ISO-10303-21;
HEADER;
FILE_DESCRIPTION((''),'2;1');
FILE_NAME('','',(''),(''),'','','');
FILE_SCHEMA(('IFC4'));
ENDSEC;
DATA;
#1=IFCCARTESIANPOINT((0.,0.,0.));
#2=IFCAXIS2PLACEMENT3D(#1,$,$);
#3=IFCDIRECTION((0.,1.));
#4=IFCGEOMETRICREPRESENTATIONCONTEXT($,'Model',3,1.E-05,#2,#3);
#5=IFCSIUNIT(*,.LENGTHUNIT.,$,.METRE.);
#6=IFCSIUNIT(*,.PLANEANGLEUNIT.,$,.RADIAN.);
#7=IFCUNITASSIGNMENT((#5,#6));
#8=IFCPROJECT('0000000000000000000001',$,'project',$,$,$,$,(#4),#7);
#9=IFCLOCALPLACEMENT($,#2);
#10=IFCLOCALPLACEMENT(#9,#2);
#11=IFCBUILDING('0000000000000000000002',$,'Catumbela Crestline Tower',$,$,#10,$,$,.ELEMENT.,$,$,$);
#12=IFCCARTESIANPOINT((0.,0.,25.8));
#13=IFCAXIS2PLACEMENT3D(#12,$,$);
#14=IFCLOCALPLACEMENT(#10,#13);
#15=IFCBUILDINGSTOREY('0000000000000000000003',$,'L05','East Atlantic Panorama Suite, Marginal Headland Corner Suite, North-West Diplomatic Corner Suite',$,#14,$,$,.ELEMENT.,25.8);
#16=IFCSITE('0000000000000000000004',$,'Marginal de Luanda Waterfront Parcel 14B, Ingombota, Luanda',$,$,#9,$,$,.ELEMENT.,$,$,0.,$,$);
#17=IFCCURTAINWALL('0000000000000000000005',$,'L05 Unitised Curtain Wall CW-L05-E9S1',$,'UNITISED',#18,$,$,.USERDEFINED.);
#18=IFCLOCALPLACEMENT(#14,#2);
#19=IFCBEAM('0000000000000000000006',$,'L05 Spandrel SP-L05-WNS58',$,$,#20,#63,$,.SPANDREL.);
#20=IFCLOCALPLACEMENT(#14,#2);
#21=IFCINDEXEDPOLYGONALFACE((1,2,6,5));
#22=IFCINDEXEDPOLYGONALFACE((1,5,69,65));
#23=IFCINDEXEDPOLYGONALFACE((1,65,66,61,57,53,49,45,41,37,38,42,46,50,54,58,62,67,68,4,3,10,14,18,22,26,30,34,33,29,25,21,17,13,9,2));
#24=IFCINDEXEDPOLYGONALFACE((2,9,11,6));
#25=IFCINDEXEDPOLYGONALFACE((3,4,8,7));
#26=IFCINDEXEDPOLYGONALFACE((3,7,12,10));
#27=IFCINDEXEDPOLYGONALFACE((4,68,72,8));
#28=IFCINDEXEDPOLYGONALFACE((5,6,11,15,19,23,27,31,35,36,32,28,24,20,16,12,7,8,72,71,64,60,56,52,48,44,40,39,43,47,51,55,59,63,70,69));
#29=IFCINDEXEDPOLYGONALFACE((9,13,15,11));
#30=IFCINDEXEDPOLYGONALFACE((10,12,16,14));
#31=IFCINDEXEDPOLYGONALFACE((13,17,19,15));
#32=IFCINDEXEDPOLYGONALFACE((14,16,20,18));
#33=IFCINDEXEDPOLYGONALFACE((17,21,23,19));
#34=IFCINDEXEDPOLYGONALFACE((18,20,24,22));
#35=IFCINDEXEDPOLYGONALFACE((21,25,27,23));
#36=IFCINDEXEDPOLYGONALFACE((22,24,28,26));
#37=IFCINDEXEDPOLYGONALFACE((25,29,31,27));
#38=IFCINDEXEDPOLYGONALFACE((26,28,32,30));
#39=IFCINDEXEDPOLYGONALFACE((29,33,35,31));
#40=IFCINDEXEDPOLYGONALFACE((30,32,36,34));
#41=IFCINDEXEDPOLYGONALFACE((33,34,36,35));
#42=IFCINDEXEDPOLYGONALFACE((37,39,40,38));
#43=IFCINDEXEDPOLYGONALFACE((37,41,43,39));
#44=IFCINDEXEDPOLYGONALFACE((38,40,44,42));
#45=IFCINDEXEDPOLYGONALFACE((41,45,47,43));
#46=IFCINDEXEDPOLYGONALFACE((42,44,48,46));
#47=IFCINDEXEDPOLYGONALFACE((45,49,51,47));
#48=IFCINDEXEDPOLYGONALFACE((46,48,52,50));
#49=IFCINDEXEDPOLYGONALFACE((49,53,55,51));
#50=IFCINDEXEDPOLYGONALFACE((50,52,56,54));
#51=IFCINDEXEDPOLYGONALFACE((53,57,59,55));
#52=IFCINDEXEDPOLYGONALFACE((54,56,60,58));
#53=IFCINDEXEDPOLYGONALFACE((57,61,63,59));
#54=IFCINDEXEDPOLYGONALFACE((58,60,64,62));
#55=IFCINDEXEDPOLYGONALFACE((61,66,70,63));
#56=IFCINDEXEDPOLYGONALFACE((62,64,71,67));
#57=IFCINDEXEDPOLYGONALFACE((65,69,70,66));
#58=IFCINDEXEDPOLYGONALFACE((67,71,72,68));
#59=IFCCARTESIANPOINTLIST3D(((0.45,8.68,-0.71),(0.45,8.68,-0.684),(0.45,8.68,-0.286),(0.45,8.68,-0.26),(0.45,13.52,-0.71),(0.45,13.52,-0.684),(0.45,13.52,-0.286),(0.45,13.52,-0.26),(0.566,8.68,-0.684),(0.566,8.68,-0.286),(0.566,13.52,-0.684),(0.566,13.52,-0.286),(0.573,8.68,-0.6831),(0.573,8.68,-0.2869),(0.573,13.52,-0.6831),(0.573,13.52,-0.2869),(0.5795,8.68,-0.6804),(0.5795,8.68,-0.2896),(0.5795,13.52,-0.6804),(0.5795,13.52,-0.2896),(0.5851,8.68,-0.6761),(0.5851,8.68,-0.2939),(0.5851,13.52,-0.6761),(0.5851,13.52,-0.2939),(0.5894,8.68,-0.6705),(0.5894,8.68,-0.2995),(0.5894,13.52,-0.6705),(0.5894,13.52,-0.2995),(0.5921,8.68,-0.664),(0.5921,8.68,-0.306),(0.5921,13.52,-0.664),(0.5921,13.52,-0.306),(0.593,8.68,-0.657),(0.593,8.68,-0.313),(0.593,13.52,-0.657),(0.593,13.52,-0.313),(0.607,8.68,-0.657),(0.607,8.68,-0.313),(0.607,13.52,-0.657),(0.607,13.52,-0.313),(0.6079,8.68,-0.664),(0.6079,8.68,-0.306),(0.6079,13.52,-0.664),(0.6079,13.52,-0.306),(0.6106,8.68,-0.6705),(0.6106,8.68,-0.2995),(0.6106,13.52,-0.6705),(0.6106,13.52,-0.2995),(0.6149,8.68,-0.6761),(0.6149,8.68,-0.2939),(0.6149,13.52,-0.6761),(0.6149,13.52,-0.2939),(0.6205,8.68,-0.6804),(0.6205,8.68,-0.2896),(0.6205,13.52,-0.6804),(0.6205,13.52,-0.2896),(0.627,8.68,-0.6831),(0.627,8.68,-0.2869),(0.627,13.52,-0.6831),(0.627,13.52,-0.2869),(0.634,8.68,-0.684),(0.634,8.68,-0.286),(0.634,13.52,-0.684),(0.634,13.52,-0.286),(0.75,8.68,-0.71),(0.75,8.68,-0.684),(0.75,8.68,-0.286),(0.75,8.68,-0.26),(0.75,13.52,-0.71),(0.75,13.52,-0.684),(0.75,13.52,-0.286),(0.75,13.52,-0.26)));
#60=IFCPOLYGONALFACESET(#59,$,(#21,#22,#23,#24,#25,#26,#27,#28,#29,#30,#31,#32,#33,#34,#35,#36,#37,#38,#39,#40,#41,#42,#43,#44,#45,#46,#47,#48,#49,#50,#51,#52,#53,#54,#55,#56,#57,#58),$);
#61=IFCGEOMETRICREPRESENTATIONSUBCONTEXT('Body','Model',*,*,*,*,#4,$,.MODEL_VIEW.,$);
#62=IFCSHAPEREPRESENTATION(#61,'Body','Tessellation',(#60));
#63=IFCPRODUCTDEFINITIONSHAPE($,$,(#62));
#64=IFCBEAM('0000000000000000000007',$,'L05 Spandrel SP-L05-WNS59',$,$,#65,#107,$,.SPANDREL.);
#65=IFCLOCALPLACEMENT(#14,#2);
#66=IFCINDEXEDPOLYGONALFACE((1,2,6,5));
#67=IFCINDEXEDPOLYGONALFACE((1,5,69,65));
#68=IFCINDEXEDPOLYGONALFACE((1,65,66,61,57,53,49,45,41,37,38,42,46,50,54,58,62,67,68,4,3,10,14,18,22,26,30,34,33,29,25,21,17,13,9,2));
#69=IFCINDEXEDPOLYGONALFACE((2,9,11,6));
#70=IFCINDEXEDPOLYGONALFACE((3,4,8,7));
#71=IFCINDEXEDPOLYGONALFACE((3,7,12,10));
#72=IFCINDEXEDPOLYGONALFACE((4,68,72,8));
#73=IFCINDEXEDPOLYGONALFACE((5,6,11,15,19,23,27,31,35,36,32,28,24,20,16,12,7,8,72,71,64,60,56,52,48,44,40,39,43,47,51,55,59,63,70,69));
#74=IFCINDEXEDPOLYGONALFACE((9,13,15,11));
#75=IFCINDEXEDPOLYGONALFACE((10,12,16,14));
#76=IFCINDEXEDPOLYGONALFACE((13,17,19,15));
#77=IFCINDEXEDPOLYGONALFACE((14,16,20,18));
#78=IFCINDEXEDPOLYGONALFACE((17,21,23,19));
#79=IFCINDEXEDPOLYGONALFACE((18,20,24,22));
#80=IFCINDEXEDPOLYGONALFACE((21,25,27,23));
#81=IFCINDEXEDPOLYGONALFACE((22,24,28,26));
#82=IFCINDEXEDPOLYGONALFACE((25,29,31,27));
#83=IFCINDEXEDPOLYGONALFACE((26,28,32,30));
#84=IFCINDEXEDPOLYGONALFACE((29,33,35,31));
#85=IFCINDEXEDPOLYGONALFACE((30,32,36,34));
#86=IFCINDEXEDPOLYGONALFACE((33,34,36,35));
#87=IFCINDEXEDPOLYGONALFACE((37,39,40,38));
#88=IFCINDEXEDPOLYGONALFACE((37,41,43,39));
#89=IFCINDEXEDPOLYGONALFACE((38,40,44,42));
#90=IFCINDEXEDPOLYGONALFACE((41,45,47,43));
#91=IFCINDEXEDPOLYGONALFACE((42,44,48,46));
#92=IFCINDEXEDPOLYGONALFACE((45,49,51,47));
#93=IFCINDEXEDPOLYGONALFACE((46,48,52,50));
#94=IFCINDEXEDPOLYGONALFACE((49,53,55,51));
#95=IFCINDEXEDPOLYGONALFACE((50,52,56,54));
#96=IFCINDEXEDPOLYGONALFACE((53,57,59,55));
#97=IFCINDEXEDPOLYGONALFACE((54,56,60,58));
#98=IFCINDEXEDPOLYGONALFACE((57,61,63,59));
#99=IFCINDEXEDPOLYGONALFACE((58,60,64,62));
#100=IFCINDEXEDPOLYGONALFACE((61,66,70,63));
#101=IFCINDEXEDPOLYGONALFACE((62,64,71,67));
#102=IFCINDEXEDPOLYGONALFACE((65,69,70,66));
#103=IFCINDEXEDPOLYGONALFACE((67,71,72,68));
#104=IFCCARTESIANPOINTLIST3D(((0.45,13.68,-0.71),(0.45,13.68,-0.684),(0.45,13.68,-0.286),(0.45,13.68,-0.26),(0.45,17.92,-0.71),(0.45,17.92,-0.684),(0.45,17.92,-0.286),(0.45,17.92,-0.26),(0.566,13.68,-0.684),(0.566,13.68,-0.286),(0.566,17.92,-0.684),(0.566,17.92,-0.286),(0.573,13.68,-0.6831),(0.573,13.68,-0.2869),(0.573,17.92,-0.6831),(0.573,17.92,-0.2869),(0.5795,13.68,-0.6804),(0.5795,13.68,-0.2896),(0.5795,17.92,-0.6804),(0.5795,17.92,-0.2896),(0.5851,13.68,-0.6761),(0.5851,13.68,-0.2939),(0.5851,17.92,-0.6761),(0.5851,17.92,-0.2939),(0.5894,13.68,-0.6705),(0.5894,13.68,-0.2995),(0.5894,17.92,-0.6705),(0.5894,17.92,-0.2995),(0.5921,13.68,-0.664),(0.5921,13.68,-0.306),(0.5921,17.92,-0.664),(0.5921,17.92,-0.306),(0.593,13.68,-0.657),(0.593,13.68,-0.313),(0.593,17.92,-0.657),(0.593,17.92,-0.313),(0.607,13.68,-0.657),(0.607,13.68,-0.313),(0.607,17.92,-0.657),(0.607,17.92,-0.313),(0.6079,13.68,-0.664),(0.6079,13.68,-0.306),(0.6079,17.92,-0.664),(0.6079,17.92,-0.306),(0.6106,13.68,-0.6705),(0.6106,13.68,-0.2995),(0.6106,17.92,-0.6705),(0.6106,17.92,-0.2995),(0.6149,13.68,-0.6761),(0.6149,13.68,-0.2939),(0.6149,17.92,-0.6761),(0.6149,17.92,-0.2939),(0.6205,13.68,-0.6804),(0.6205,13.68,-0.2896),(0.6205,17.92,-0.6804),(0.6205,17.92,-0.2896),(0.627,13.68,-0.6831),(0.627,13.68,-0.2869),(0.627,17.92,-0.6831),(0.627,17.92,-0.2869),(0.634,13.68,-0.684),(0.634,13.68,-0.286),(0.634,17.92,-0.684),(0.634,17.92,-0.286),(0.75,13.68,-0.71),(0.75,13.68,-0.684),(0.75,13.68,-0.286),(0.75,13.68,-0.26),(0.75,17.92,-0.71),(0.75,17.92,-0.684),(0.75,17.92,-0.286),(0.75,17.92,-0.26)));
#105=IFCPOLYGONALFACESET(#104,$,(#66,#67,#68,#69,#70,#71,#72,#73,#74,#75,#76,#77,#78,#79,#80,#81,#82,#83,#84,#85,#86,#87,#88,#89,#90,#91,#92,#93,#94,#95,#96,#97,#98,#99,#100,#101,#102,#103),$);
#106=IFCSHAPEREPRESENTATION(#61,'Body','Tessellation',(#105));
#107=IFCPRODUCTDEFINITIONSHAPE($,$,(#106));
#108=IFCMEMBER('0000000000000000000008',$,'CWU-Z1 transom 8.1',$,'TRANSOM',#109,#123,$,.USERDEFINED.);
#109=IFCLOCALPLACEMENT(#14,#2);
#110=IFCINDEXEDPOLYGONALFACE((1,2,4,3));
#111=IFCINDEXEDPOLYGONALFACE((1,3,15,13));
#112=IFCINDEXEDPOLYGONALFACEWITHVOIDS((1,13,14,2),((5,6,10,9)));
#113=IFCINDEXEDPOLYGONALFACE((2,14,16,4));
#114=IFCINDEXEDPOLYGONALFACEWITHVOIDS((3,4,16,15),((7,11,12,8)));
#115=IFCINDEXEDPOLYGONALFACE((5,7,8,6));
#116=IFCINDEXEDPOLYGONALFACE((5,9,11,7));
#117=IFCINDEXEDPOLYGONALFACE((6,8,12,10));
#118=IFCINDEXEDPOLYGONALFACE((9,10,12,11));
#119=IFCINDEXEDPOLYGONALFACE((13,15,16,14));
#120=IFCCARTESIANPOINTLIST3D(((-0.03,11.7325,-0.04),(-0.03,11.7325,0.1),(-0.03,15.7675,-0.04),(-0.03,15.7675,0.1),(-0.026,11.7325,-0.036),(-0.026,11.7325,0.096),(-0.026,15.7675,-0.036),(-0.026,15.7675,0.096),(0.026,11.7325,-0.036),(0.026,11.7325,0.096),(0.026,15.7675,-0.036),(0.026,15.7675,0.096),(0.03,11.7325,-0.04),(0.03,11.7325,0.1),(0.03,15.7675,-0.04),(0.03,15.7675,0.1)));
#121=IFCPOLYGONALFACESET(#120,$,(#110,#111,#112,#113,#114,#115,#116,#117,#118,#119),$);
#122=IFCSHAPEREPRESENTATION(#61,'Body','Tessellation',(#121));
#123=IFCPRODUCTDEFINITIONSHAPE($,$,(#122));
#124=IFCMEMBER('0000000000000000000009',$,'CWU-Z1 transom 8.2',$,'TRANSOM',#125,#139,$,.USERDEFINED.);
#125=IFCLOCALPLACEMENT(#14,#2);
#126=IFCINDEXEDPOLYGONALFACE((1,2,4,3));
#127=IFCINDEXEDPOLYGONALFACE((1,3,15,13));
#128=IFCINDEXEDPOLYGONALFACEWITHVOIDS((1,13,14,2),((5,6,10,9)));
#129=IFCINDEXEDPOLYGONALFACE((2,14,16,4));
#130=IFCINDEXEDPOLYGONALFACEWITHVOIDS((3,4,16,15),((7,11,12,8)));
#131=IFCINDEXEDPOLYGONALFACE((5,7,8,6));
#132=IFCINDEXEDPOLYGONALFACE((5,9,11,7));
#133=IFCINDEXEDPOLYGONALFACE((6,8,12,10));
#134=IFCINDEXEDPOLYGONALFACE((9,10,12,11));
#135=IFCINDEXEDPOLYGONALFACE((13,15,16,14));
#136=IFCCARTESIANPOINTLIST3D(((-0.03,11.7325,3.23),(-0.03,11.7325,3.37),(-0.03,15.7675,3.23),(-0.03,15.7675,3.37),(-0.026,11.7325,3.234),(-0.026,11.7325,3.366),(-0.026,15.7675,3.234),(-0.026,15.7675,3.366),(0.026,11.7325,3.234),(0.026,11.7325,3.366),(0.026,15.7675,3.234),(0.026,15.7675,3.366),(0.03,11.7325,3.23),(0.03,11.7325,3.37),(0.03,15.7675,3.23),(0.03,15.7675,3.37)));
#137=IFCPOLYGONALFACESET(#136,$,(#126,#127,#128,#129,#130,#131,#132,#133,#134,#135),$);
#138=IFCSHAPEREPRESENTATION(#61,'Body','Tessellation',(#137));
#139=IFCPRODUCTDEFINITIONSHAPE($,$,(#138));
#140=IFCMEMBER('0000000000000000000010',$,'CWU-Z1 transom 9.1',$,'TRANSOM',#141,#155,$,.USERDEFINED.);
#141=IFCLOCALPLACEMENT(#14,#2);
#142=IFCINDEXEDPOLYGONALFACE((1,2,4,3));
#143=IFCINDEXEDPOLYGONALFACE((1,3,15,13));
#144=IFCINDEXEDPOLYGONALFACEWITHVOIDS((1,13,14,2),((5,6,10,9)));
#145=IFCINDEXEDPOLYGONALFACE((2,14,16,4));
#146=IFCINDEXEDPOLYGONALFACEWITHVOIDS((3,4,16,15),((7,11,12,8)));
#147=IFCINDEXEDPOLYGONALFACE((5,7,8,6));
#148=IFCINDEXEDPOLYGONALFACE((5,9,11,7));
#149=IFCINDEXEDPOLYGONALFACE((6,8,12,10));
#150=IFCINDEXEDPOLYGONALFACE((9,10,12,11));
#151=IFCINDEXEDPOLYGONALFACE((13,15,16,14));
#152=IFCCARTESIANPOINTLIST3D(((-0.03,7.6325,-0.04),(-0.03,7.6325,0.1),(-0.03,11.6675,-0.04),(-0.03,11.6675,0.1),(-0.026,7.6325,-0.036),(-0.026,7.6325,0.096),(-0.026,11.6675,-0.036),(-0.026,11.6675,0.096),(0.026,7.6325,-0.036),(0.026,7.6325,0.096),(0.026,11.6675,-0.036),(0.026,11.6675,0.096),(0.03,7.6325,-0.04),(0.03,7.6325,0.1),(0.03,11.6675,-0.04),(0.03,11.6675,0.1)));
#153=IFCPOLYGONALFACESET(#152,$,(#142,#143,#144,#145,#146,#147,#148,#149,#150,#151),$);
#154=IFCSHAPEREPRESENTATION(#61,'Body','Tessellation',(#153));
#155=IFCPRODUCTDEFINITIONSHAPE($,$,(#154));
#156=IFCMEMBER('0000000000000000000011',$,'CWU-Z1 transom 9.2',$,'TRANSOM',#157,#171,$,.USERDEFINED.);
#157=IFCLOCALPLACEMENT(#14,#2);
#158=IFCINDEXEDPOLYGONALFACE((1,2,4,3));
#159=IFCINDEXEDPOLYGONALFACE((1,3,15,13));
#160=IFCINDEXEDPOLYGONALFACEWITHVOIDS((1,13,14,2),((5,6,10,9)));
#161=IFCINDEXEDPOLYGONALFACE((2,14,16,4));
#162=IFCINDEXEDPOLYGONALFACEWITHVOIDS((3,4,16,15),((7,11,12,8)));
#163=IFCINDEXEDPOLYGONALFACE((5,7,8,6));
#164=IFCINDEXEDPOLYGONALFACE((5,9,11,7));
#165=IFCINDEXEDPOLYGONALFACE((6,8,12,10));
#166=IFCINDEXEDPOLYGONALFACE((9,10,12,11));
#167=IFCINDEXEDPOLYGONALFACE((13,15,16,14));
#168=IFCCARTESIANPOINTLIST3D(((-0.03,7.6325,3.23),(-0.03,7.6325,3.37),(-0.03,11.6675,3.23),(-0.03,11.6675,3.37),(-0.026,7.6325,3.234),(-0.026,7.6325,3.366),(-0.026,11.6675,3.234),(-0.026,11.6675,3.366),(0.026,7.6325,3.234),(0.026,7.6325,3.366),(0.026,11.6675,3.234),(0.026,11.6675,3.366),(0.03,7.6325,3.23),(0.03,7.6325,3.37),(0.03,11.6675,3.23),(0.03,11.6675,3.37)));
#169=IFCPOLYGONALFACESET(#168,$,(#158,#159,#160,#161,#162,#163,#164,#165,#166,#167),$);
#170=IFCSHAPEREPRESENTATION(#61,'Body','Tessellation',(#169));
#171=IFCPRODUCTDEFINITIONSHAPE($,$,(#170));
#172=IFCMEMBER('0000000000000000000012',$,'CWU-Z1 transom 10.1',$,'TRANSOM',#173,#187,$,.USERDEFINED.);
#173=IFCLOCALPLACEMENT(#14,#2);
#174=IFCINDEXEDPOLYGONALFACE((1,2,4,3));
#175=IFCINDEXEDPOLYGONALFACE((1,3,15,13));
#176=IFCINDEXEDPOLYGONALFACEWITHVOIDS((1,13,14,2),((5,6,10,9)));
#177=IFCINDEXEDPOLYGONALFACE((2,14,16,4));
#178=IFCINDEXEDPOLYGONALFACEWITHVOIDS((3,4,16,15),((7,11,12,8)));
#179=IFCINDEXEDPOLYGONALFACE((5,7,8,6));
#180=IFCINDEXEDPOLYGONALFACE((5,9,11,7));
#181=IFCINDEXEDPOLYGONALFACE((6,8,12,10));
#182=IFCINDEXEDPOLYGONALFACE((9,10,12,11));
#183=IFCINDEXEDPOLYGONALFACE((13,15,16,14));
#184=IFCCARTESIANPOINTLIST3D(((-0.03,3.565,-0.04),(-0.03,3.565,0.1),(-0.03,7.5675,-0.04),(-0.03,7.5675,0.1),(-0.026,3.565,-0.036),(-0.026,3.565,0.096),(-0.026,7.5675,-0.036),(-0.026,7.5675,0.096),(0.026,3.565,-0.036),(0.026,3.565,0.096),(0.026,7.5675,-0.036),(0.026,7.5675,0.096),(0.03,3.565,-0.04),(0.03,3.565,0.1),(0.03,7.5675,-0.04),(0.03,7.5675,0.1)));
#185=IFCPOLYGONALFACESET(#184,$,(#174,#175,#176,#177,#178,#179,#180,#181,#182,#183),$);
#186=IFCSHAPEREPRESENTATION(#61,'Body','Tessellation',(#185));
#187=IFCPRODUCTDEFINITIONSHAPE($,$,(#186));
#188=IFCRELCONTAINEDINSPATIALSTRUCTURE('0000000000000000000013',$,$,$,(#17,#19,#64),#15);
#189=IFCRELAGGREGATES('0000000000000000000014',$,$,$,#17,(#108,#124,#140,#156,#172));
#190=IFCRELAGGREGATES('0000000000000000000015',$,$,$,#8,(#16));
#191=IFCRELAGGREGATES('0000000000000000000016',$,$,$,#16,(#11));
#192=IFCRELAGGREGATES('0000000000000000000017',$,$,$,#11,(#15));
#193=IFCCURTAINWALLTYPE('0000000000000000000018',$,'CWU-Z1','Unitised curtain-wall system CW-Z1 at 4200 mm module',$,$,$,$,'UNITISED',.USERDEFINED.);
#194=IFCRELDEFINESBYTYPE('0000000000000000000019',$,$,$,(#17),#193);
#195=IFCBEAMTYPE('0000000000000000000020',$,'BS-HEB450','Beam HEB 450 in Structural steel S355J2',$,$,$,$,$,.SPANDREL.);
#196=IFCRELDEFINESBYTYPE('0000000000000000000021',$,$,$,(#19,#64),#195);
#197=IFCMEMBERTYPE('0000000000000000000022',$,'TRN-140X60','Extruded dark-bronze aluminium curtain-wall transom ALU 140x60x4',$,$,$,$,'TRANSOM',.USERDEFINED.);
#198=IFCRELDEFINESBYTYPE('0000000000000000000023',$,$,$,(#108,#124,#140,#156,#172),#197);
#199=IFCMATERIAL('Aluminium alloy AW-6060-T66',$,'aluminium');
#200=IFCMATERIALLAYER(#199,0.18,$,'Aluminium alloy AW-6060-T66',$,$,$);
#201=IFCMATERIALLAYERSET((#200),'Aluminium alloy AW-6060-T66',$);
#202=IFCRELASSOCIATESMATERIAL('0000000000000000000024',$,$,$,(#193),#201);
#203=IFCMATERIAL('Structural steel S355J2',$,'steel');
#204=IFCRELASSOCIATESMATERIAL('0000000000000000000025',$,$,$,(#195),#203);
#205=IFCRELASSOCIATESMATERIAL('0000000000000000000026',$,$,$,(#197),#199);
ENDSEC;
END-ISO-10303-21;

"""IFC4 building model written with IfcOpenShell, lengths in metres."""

from ifc_helpers import new_model, si_unit, direction, frame, origin, origin_2d, place, context, subcontext, project, spatial, hollow_rectangle, i_section, extrude, material, layer, layer_set, material_profile, profile_set, type_object, element, aggregate, save


model = new_model("IFC4")

# Units and contexts
model_context = context("Model", 3, precision=1e-05, world=origin(), true_north=direction((0.0, 1.0)))
body_context = subcontext(model_context, "Body", "Model", "MODEL_VIEW")
ifc_project = project(units=[si_unit("LENGTHUNIT", "METRE"), si_unit("PLANEANGLEUNIT", "RADIAN")], contexts=[model_context])

# Site, building, storey
site_placement = place(None, origin())
site = spatial("IfcSite", under=ifc_project, at=site_placement, Name="Marginal de Luanda Waterfront Parcel 14B, Ingombota, Luanda", CompositionType="ELEMENT", RefElevation=0.0)
building_placement = place(site_placement, origin())
building = spatial("IfcBuilding", under=site, at=building_placement, Name="Catumbela Crestline Tower", CompositionType="ELEMENT")
storey_placement = place(building_placement, frame((0.0, 0.0, 25.8)))
storey = spatial("IfcBuildingStorey", under=building, at=storey_placement, Name="L05", Description="East Atlantic Panorama Suite, Marginal Headland Corner Suite, North-West Diplomatic Corner Suite", CompositionType="ELEMENT", Elevation=25.8)

# Shared definitions
ifc_material_1 = material(Name="Structural steel S355J2", Category="steel")

# Curtain wall
ifc_material_2 = material(Name="Aluminium alloy AW-6060-T66", Category="aluminium")
ifc_layer_1 = layer(ifc_material_2, 0.18, Name="Aluminium alloy AW-6060-T66")
ifc_layer_set_1 = layer_set([ifc_layer_1], Name="Aluminium alloy AW-6060-T66")
curtain_wall_type = type_object("IfcCurtainWallType", Name="CWU-Z1", Description="Unitised curtain-wall system CW-Z1 at 4200 mm module", ElementType="UNITISED", PredefinedType="USERDEFINED", material=ifc_layer_set_1)
curtain_wall_placement = place(storey_placement, origin())
curtain_wall = element("IfcCurtainWall", 1, at=curtain_wall_placement, inside=storey, type_object=curtain_wall_type, Name="L05 Unitised Curtain Wall CW-L05-E9S1", ObjectType="UNITISED", PredefinedType="USERDEFINED")

# Beams
ifc_material_profile_1 = material_profile(ifc_material_1, i_section(OverallWidth=0.3, OverallDepth=0.45, WebThickness=0.014, FlangeThickness=0.026, FilletRadius=0.027, at=origin_2d()), Name="HEB 450")
ifc_profile_set_1 = profile_set([ifc_material_profile_1], Name="Structural steel S355J2")
beam_type_1 = type_object("IfcBeamType", Name="BS-HEB450", Description="Beam HEB 450 in Structural steel S355J2", PredefinedType="SPANDREL", material=ifc_profile_set_1)
beam_1_placement = place(storey_placement, frame((0.6, 8.68, -0.485), z_axis=(0.0, 1.0, 0.0), x_axis=(-1.0, 0.0, 0.0)))
element("IfcBeam", 2, at=beam_1_placement, inside=storey, type_object=beam_type_1, Name="L05 Spandrel SP-L05-WNS58", PredefinedType="SPANDREL", context=body_context, shape_type="SweptSolid", body=[
    extrude(i_section(OverallWidth=0.3, OverallDepth=0.45, WebThickness=0.014, FlangeThickness=0.026, FilletRadius=0.027, at=origin_2d()), origin(), (0.0, 0.0, 1.0), 4.84),
])
beam_2_placement = place(storey_placement, frame((0.6, 13.68, -0.485), z_axis=(0.0, 1.0, 0.0), x_axis=(-1.0, 0.0, 0.0)))
element("IfcBeam", 3, at=beam_2_placement, inside=storey, type_object=beam_type_1, Name="L05 Spandrel SP-L05-WNS59", PredefinedType="SPANDREL", context=body_context, shape_type="SweptSolid", body=[
    extrude(i_section(OverallWidth=0.3, OverallDepth=0.45, WebThickness=0.014, FlangeThickness=0.026, FilletRadius=0.027, at=origin_2d()), origin(), (0.0, 0.0, 1.0), 4.24),
])

# Members
ifc_material_profile_2 = material_profile(ifc_material_2, hollow_rectangle(XDim=0.06, YDim=0.14, WallThickness=0.004, at=origin_2d()), Name="ALU 140x60x4")
ifc_profile_set_2 = profile_set([ifc_material_profile_2], Name="Aluminium alloy AW-6060-T66")
member_type_1 = type_object("IfcMemberType", Name="TRN-140X60", Description="Extruded dark-bronze aluminium curtain-wall transom ALU 140x60x4", ElementType="TRANSOM", PredefinedType="USERDEFINED", material=ifc_profile_set_2)
member_1_placement = place(storey_placement, frame((0.0, 15.7675, 0.03), z_axis=(0.0, -1.0, 0.0), x_axis=(1.0, 0.0, 0.0)))
member_1 = element("IfcMember", 4, at=member_1_placement, type_object=member_type_1, Name="CWU-Z1 transom 8.1", ObjectType="TRANSOM", PredefinedType="USERDEFINED", context=body_context, shape_type="SweptSolid", body=[
    extrude(hollow_rectangle(XDim=0.06, YDim=0.14, WallThickness=0.004, at=origin_2d()), origin(), (0.0, 0.0, 1.0), 4.035),
])
member_2_placement = place(storey_placement, frame((0.0, 15.7675, 3.3), z_axis=(0.0, -1.0, 0.0), x_axis=(1.0, 0.0, 0.0)))
member_2 = element("IfcMember", 5, at=member_2_placement, type_object=member_type_1, Name="CWU-Z1 transom 8.2", ObjectType="TRANSOM", PredefinedType="USERDEFINED", context=body_context, shape_type="SweptSolid", body=[
    extrude(hollow_rectangle(XDim=0.06, YDim=0.14, WallThickness=0.004, at=origin_2d()), origin(), (0.0, 0.0, 1.0), 4.035),
])
member_3_placement = place(storey_placement, frame((0.0, 11.6675, 0.03), z_axis=(0.0, -1.0, 0.0), x_axis=(1.0, 0.0, 0.0)))
member_3 = element("IfcMember", 6, at=member_3_placement, type_object=member_type_1, Name="CWU-Z1 transom 9.1", ObjectType="TRANSOM", PredefinedType="USERDEFINED", context=body_context, shape_type="SweptSolid", body=[
    extrude(hollow_rectangle(XDim=0.06, YDim=0.14, WallThickness=0.004, at=origin_2d()), origin(), (0.0, 0.0, 1.0), 4.035),
])
member_4_placement = place(storey_placement, frame((0.0, 11.6675, 3.3), z_axis=(0.0, -1.0, 0.0), x_axis=(1.0, 0.0, 0.0)))
member_4 = element("IfcMember", 7, at=member_4_placement, type_object=member_type_1, Name="CWU-Z1 transom 9.2", ObjectType="TRANSOM", PredefinedType="USERDEFINED", context=body_context, shape_type="SweptSolid", body=[
    extrude(hollow_rectangle(XDim=0.06, YDim=0.14, WallThickness=0.004, at=origin_2d()), origin(), (0.0, 0.0, 1.0), 4.035),
])
member_5_placement = place(storey_placement, frame((0.0, 7.5675, 0.03), z_axis=(0.0, -1.0, 0.0), x_axis=(1.0, 0.0, 0.0)))
member_5 = element("IfcMember", 8, at=member_5_placement, type_object=member_type_1, Name="CWU-Z1 transom 10.1", ObjectType="TRANSOM", PredefinedType="USERDEFINED", context=body_context, shape_type="SweptSolid", body=[
    extrude(hollow_rectangle(XDim=0.06, YDim=0.14, WallThickness=0.004, at=origin_2d()), origin(), (0.0, 0.0, 1.0), 4.0025),
])

aggregate(curtain_wall, [member_1, member_2, member_3, member_4, member_5])

save(model, "model.ifc")
